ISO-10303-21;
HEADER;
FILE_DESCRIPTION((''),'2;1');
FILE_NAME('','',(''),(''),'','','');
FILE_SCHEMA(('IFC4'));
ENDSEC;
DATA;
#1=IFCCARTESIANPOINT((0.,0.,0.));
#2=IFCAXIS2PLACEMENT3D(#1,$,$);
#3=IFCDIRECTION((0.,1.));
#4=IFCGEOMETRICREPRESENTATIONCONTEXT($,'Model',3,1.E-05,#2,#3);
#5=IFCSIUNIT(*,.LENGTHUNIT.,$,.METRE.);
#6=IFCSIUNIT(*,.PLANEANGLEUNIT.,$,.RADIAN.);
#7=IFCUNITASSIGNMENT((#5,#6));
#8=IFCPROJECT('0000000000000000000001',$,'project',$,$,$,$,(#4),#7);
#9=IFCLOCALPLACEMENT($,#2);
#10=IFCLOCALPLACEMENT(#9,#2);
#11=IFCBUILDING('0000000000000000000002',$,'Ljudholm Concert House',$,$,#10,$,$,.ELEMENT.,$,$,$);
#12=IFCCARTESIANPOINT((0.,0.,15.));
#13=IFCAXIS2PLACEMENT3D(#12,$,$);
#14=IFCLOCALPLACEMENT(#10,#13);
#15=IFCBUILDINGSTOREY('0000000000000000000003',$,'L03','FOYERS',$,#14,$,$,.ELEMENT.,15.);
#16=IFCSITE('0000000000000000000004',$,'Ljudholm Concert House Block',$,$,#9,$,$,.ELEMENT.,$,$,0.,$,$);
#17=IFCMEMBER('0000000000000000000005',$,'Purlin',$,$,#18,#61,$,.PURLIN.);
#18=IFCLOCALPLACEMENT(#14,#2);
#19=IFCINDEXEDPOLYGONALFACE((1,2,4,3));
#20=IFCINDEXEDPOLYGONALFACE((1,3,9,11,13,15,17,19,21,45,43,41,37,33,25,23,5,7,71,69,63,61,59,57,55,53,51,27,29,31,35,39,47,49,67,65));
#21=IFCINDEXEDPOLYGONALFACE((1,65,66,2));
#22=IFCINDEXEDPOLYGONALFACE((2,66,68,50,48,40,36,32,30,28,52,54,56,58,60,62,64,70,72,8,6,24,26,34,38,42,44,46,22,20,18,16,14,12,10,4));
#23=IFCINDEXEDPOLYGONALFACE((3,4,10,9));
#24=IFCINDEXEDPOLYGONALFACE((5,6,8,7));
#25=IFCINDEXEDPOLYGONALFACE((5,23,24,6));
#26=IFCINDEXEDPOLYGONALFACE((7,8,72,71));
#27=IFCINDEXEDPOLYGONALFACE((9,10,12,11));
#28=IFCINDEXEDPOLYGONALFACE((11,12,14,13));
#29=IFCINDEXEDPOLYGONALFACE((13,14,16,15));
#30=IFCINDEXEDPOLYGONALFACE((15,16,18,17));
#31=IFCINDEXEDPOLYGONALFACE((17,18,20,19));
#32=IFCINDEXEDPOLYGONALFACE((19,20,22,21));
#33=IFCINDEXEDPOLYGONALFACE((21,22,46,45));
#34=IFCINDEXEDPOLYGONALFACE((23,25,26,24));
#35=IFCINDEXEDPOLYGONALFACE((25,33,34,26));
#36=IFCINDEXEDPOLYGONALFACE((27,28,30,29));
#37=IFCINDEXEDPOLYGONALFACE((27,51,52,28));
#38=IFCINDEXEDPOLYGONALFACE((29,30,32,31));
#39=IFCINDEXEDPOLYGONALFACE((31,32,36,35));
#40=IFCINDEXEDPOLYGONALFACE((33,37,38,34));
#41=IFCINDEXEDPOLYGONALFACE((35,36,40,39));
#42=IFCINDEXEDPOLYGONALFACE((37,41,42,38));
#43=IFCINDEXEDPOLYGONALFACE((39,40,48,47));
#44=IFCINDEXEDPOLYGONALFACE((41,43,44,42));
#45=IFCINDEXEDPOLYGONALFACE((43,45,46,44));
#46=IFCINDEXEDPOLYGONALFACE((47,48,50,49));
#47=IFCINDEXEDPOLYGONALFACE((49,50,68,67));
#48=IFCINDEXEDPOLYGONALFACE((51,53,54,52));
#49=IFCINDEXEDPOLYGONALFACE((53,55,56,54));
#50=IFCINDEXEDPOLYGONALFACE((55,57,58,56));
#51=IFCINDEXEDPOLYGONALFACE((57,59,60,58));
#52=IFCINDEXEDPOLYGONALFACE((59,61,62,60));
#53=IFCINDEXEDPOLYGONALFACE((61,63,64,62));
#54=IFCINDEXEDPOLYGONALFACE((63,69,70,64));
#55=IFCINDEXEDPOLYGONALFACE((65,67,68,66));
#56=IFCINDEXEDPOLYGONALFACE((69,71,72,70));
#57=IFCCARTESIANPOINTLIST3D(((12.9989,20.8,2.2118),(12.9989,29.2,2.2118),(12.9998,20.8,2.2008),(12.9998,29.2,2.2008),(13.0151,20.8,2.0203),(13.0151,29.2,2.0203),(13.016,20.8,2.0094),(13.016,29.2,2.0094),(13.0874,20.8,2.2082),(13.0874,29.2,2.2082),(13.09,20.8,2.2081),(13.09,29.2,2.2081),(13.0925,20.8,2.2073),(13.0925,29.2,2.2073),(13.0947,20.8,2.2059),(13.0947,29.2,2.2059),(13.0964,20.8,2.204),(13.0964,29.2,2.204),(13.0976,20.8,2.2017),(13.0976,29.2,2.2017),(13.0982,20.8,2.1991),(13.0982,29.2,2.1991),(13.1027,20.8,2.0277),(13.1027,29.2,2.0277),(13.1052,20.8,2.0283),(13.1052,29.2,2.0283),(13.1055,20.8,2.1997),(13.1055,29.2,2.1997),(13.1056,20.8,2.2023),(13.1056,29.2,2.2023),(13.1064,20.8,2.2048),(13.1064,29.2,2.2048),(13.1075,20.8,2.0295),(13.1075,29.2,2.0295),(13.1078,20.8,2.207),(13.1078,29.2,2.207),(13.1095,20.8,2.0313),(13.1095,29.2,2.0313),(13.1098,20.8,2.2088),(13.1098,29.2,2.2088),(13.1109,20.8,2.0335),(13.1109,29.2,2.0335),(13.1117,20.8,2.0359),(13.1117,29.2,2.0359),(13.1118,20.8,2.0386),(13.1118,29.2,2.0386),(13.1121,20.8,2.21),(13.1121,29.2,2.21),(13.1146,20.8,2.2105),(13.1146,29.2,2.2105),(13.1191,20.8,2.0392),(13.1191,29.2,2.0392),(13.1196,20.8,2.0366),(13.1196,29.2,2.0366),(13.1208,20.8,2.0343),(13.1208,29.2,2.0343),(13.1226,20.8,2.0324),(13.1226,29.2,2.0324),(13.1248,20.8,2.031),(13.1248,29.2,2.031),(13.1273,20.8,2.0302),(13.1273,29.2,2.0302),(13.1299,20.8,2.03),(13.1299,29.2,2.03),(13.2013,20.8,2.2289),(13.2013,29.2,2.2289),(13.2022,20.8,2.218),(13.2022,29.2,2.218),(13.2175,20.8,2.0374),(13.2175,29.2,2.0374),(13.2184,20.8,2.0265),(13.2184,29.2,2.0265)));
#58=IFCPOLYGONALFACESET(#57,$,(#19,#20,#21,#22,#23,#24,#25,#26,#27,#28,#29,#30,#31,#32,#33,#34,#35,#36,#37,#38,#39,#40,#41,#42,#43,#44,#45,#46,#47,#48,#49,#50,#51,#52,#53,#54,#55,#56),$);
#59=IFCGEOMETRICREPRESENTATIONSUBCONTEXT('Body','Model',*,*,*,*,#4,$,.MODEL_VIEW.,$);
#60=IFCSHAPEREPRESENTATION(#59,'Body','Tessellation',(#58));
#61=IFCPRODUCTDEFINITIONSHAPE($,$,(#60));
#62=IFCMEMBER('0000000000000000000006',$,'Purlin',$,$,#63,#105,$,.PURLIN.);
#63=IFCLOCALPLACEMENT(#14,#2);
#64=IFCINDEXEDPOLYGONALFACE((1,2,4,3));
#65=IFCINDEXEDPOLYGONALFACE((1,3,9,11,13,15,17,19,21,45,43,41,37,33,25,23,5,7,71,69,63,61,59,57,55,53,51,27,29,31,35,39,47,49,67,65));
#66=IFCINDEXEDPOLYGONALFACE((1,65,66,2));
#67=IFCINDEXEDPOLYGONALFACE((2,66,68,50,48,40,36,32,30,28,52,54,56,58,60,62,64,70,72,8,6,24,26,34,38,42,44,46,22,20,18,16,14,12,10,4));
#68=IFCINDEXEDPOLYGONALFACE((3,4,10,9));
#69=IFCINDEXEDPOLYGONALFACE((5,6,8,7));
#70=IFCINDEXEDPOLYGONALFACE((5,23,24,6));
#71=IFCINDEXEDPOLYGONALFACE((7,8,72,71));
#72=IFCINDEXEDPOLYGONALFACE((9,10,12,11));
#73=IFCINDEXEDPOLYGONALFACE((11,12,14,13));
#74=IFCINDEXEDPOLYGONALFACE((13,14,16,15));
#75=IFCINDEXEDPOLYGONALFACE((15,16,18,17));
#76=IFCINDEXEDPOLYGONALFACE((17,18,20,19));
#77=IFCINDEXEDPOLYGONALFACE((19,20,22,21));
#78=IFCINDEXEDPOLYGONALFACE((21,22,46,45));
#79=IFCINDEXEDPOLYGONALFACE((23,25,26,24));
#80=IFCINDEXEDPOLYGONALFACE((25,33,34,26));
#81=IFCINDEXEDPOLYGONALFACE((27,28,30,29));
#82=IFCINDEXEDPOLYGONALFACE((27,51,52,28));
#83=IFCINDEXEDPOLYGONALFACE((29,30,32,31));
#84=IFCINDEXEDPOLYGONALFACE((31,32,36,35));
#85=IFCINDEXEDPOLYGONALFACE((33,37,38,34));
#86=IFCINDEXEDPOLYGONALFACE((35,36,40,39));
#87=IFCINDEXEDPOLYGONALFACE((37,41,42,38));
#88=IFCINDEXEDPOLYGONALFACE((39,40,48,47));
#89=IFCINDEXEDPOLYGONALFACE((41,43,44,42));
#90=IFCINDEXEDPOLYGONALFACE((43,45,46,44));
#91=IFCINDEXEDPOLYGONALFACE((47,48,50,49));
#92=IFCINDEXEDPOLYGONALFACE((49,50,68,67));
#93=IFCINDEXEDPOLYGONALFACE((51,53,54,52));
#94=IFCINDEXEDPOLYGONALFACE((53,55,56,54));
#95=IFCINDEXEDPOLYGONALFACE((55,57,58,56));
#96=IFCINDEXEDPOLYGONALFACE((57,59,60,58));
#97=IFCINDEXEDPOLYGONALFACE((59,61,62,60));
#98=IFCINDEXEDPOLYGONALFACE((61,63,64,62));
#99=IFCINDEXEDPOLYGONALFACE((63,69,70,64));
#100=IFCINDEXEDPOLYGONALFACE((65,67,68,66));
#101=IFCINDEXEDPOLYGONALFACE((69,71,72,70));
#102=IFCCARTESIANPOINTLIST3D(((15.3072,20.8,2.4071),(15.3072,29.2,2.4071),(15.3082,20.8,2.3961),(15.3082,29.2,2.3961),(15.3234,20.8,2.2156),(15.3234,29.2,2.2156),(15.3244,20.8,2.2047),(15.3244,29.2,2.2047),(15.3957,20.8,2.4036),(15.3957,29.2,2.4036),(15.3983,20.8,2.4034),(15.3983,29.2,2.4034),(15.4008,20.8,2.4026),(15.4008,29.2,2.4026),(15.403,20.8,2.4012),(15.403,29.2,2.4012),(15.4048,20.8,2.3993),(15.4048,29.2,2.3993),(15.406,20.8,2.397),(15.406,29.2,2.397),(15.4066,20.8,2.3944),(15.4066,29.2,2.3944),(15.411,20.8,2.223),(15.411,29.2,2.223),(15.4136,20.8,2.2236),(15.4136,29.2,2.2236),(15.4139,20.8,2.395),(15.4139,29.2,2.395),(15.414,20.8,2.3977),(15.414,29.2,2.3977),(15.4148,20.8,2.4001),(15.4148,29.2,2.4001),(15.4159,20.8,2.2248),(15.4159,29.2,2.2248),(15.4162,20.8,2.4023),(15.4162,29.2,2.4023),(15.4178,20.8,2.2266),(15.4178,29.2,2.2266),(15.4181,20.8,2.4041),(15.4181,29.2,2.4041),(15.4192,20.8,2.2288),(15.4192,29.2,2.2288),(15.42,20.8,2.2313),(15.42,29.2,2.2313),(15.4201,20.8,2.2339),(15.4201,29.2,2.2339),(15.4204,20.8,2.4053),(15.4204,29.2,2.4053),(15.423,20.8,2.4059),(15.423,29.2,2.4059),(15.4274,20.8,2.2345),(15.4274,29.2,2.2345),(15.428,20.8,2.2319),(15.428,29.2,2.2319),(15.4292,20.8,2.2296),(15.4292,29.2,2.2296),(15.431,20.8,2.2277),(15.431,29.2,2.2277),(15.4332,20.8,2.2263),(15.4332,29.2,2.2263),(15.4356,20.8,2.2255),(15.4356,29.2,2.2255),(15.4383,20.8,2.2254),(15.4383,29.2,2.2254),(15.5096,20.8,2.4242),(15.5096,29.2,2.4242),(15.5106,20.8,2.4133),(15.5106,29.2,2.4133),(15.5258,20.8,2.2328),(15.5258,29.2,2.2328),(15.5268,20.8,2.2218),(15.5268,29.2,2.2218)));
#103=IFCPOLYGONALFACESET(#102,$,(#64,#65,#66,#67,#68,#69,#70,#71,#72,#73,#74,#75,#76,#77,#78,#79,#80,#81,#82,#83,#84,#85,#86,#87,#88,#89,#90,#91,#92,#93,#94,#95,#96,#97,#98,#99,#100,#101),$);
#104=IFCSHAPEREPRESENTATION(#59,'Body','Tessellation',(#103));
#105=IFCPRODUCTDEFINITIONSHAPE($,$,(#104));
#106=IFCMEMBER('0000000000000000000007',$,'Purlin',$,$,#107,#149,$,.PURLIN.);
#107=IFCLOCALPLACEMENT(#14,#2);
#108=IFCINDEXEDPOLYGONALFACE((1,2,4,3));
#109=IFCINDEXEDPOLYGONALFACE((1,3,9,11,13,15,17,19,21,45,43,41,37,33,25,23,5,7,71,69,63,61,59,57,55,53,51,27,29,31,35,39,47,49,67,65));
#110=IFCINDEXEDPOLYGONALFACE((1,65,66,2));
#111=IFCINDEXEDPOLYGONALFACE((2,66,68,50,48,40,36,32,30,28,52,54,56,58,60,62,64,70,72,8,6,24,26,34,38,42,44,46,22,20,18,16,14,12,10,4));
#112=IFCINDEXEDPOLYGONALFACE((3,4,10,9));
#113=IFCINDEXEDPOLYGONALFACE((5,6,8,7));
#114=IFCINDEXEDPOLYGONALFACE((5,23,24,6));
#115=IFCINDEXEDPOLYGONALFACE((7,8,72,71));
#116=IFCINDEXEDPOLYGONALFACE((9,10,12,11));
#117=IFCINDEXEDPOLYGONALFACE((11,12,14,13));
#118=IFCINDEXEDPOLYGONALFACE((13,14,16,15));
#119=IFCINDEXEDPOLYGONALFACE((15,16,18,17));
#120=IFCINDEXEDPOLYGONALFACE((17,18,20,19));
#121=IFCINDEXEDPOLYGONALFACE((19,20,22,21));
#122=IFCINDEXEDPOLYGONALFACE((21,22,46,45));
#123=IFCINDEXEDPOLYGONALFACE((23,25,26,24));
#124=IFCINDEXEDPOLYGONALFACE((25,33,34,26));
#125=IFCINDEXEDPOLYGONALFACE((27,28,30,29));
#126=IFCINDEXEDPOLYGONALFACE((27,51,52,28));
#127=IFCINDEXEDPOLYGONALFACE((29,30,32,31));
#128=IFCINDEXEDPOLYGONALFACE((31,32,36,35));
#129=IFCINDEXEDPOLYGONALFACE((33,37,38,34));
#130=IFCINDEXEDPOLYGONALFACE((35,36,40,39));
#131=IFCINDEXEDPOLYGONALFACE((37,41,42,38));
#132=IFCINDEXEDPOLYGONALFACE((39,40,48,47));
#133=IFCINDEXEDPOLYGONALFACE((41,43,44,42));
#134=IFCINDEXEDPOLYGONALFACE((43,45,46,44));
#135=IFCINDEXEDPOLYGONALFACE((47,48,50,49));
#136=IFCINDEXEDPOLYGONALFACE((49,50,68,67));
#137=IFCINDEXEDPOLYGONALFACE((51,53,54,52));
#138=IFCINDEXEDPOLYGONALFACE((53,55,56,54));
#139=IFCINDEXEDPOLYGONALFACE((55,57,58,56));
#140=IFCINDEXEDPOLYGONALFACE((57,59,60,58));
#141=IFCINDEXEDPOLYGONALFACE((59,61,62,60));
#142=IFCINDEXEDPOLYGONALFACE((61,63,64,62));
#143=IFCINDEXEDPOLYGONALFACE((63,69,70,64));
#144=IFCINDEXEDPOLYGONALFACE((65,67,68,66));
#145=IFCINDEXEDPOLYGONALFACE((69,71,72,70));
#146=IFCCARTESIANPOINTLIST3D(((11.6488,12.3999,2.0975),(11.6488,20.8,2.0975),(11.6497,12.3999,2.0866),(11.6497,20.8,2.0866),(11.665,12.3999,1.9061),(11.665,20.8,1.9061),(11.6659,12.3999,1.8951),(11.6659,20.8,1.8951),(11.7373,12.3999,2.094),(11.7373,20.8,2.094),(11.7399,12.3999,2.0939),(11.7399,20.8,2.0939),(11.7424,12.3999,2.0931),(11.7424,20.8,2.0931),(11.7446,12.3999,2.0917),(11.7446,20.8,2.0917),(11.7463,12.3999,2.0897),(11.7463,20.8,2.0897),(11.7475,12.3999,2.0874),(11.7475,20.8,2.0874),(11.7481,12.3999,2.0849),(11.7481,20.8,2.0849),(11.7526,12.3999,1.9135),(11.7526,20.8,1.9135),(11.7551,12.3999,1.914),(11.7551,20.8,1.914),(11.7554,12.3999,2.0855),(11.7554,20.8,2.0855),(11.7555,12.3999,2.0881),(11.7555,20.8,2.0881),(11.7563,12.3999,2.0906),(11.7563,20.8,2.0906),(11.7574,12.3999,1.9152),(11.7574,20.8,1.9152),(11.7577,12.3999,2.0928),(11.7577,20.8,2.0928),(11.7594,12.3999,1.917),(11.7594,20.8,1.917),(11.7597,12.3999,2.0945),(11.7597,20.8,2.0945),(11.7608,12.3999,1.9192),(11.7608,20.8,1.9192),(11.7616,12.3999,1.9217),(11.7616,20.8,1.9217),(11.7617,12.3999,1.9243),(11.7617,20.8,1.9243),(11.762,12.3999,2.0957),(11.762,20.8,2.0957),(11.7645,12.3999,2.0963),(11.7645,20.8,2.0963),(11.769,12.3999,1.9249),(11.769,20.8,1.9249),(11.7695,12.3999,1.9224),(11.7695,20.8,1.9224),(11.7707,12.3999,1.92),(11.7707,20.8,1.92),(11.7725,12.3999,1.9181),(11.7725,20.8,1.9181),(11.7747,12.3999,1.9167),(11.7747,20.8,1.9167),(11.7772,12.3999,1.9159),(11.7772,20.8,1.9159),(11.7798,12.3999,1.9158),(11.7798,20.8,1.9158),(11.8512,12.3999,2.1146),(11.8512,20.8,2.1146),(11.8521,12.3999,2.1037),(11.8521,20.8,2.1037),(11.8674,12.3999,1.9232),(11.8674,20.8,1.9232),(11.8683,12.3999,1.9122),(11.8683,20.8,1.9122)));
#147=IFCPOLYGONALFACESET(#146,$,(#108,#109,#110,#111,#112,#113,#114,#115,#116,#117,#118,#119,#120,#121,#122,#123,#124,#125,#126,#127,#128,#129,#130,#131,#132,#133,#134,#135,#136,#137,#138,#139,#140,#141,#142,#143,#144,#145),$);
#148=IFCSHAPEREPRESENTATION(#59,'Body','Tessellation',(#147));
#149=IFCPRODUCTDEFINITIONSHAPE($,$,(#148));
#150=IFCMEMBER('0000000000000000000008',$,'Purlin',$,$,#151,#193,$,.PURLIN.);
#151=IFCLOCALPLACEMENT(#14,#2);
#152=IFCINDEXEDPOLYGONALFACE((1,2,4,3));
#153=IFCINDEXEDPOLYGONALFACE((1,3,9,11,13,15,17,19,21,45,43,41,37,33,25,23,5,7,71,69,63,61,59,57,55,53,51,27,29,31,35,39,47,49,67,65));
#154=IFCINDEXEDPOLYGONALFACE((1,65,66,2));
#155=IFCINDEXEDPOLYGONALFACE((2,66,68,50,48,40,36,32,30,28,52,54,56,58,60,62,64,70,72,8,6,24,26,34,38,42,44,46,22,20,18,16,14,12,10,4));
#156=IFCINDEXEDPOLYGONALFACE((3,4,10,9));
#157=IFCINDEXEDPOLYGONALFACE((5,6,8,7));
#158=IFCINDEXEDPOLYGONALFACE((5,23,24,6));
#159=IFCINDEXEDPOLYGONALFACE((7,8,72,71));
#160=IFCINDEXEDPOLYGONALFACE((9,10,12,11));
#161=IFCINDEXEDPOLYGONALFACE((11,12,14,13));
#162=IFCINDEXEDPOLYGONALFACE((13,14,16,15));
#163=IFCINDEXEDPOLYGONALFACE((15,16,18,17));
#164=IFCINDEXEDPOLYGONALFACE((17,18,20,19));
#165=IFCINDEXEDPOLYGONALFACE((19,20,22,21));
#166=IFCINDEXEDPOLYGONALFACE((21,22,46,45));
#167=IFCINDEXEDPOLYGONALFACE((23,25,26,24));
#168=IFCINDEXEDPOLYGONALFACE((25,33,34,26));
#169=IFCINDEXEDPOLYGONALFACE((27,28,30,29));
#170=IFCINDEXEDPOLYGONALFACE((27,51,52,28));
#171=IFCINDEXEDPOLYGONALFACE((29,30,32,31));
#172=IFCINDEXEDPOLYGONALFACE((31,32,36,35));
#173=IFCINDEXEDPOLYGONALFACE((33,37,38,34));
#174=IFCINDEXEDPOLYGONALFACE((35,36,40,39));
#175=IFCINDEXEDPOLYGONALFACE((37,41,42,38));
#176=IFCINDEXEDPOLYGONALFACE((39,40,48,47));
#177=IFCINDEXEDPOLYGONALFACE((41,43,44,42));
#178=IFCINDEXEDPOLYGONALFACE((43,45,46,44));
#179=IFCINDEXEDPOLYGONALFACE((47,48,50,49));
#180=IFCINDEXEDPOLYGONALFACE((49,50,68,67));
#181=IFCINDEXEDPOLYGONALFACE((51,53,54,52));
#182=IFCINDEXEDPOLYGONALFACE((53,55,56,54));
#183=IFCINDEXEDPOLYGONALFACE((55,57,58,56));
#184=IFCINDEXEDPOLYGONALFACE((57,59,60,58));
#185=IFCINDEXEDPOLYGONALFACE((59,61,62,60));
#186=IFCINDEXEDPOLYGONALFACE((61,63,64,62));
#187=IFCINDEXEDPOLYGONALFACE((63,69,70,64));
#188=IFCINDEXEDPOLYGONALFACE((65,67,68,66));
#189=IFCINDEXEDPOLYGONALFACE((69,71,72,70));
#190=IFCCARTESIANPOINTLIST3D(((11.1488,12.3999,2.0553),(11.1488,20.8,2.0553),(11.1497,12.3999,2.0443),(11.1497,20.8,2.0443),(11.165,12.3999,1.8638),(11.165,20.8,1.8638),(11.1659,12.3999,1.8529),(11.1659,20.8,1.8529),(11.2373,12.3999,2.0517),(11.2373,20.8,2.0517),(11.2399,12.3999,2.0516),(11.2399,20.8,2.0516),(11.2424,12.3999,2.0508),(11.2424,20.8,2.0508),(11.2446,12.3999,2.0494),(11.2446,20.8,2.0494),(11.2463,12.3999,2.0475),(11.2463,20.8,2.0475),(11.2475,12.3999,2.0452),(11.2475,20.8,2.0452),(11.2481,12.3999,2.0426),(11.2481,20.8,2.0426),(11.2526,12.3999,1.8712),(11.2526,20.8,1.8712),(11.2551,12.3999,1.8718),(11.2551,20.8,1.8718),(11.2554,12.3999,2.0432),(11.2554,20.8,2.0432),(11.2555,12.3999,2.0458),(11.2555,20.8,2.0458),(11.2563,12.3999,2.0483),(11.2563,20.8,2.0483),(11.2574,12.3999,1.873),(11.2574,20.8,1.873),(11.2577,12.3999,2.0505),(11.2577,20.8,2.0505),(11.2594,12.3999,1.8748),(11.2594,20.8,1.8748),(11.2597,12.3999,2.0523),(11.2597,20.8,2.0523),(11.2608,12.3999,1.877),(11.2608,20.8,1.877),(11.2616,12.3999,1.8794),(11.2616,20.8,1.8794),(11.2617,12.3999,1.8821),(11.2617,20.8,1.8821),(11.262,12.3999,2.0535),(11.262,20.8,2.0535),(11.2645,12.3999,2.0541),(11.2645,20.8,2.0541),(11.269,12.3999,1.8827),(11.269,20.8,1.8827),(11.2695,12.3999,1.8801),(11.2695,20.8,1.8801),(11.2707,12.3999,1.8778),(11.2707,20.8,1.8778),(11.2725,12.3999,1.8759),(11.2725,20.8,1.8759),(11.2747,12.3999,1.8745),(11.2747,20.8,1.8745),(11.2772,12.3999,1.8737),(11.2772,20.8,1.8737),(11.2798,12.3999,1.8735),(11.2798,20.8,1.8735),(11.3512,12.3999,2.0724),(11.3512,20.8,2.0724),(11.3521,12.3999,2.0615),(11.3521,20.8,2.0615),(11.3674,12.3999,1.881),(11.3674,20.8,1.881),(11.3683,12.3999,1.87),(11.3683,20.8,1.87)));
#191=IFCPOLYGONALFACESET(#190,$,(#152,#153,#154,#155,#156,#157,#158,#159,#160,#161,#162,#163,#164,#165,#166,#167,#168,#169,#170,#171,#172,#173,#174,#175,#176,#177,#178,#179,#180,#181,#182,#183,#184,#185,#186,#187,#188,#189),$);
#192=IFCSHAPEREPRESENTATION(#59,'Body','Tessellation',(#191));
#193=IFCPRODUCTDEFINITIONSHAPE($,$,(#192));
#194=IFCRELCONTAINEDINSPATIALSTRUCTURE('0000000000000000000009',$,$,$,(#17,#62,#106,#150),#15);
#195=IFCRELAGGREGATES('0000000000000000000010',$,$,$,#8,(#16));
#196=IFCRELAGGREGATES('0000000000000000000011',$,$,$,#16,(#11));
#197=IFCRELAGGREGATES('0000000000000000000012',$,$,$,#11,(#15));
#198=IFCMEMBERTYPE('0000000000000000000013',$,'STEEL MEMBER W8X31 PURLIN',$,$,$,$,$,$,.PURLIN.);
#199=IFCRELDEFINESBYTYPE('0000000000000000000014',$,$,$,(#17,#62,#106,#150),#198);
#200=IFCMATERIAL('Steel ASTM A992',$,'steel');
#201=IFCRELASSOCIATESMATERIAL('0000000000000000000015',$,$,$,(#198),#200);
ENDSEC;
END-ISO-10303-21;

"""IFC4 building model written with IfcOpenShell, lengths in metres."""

from ifc_helpers import new_model, si_unit, direction, frame, origin, origin_2d, place, context, subcontext, project, spatial, i_section, extrude, material, material_profile, profile_set, type_object, element, save


model = new_model("IFC4")

# Units and contexts
model_context = context("Model", 3, precision=1e-05, world=origin(), true_north=direction((0.0, 1.0)))
body_context = subcontext(model_context, "Body", "Model", "MODEL_VIEW")
ifc_project = project(units=[si_unit("LENGTHUNIT", "METRE"), si_unit("PLANEANGLEUNIT", "RADIAN")], contexts=[model_context])

# Site, building, storey
site_placement = place(None, origin())
site = spatial("IfcSite", under=ifc_project, at=site_placement, Name="Ljudholm Concert House Block", CompositionType="ELEMENT", RefElevation=0.0)
building_placement = place(site_placement, origin())
building = spatial("IfcBuilding", under=site, at=building_placement, Name="Ljudholm Concert House", CompositionType="ELEMENT")
storey_placement = place(building_placement, frame((0.0, 0.0, 15.0)))
storey = spatial("IfcBuildingStorey", under=building, at=storey_placement, Name="L03", Description="FOYERS", CompositionType="ELEMENT", Elevation=15.0)

# Members
ifc_material_1 = material(Name="Steel ASTM A992", Category="steel")
ifc_material_profile_1 = material_profile(ifc_material_1, i_section(OverallWidth=0.2031, OverallDepth=0.2031, WebThickness=0.0073, FlangeThickness=0.011, FilletRadius=0.01, at=origin_2d()), Name="W8X31")
ifc_profile_set_1 = profile_set([ifc_material_profile_1], Name="Steel ASTM A992")
member_type_1 = type_object("IfcMemberType", Name="STEEL MEMBER W8X31 PURLIN", PredefinedType="PURLIN", material=ifc_profile_set_1)
for number, where, z_axis, x_axis, name in (
    (1, (13.1086, 20.8, 2.1191), (0.0, 1.0, 0.0), (-0.996441, 0.0, -0.084291), "Purlin"),
    (2, (15.417, 20.8, 2.3145), (0.0, 1.0, 0.0), (-0.996441, 0.0, -0.084291), "Purlin"),
):
    element("IfcMember", number, at=place(storey_placement, frame(where, z_axis=z_axis, x_axis=x_axis)), inside=storey, type_object=member_type_1, Name=name, PredefinedType="PURLIN", context=body_context, shape_type="SweptSolid", body=[
        extrude(i_section(OverallWidth=0.2031, OverallDepth=0.2031, WebThickness=0.0073, FlangeThickness=0.011, FilletRadius=0.01, at=origin_2d()), origin(), (0.0, 0.0, 1.0), 8.3999),
    ])
for number, where, z_axis, x_axis, name in (
    (3, (11.7585, 12.3999, 2.0049), (0.0, 1.0, 0.0), (-0.996441, 0.0, -0.084291), "Purlin"),
    (4, (11.2585, 12.3999, 1.9626), (0.0, 1.0, 0.0), (-0.996441, 0.0, -0.084291), "Purlin"),
):
    element("IfcMember", number, at=place(storey_placement, frame(where, z_axis=z_axis, x_axis=x_axis)), inside=storey, type_object=member_type_1, Name=name, PredefinedType="PURLIN", context=body_context, shape_type="SweptSolid", body=[
        extrude(i_section(OverallWidth=0.2031, OverallDepth=0.2031, WebThickness=0.0073, FlangeThickness=0.011, FilletRadius=0.01, at=origin_2d()), origin(), (0.0, 0.0, 1.0), 8.4001),
    ])

save(model, "model.ifc")
